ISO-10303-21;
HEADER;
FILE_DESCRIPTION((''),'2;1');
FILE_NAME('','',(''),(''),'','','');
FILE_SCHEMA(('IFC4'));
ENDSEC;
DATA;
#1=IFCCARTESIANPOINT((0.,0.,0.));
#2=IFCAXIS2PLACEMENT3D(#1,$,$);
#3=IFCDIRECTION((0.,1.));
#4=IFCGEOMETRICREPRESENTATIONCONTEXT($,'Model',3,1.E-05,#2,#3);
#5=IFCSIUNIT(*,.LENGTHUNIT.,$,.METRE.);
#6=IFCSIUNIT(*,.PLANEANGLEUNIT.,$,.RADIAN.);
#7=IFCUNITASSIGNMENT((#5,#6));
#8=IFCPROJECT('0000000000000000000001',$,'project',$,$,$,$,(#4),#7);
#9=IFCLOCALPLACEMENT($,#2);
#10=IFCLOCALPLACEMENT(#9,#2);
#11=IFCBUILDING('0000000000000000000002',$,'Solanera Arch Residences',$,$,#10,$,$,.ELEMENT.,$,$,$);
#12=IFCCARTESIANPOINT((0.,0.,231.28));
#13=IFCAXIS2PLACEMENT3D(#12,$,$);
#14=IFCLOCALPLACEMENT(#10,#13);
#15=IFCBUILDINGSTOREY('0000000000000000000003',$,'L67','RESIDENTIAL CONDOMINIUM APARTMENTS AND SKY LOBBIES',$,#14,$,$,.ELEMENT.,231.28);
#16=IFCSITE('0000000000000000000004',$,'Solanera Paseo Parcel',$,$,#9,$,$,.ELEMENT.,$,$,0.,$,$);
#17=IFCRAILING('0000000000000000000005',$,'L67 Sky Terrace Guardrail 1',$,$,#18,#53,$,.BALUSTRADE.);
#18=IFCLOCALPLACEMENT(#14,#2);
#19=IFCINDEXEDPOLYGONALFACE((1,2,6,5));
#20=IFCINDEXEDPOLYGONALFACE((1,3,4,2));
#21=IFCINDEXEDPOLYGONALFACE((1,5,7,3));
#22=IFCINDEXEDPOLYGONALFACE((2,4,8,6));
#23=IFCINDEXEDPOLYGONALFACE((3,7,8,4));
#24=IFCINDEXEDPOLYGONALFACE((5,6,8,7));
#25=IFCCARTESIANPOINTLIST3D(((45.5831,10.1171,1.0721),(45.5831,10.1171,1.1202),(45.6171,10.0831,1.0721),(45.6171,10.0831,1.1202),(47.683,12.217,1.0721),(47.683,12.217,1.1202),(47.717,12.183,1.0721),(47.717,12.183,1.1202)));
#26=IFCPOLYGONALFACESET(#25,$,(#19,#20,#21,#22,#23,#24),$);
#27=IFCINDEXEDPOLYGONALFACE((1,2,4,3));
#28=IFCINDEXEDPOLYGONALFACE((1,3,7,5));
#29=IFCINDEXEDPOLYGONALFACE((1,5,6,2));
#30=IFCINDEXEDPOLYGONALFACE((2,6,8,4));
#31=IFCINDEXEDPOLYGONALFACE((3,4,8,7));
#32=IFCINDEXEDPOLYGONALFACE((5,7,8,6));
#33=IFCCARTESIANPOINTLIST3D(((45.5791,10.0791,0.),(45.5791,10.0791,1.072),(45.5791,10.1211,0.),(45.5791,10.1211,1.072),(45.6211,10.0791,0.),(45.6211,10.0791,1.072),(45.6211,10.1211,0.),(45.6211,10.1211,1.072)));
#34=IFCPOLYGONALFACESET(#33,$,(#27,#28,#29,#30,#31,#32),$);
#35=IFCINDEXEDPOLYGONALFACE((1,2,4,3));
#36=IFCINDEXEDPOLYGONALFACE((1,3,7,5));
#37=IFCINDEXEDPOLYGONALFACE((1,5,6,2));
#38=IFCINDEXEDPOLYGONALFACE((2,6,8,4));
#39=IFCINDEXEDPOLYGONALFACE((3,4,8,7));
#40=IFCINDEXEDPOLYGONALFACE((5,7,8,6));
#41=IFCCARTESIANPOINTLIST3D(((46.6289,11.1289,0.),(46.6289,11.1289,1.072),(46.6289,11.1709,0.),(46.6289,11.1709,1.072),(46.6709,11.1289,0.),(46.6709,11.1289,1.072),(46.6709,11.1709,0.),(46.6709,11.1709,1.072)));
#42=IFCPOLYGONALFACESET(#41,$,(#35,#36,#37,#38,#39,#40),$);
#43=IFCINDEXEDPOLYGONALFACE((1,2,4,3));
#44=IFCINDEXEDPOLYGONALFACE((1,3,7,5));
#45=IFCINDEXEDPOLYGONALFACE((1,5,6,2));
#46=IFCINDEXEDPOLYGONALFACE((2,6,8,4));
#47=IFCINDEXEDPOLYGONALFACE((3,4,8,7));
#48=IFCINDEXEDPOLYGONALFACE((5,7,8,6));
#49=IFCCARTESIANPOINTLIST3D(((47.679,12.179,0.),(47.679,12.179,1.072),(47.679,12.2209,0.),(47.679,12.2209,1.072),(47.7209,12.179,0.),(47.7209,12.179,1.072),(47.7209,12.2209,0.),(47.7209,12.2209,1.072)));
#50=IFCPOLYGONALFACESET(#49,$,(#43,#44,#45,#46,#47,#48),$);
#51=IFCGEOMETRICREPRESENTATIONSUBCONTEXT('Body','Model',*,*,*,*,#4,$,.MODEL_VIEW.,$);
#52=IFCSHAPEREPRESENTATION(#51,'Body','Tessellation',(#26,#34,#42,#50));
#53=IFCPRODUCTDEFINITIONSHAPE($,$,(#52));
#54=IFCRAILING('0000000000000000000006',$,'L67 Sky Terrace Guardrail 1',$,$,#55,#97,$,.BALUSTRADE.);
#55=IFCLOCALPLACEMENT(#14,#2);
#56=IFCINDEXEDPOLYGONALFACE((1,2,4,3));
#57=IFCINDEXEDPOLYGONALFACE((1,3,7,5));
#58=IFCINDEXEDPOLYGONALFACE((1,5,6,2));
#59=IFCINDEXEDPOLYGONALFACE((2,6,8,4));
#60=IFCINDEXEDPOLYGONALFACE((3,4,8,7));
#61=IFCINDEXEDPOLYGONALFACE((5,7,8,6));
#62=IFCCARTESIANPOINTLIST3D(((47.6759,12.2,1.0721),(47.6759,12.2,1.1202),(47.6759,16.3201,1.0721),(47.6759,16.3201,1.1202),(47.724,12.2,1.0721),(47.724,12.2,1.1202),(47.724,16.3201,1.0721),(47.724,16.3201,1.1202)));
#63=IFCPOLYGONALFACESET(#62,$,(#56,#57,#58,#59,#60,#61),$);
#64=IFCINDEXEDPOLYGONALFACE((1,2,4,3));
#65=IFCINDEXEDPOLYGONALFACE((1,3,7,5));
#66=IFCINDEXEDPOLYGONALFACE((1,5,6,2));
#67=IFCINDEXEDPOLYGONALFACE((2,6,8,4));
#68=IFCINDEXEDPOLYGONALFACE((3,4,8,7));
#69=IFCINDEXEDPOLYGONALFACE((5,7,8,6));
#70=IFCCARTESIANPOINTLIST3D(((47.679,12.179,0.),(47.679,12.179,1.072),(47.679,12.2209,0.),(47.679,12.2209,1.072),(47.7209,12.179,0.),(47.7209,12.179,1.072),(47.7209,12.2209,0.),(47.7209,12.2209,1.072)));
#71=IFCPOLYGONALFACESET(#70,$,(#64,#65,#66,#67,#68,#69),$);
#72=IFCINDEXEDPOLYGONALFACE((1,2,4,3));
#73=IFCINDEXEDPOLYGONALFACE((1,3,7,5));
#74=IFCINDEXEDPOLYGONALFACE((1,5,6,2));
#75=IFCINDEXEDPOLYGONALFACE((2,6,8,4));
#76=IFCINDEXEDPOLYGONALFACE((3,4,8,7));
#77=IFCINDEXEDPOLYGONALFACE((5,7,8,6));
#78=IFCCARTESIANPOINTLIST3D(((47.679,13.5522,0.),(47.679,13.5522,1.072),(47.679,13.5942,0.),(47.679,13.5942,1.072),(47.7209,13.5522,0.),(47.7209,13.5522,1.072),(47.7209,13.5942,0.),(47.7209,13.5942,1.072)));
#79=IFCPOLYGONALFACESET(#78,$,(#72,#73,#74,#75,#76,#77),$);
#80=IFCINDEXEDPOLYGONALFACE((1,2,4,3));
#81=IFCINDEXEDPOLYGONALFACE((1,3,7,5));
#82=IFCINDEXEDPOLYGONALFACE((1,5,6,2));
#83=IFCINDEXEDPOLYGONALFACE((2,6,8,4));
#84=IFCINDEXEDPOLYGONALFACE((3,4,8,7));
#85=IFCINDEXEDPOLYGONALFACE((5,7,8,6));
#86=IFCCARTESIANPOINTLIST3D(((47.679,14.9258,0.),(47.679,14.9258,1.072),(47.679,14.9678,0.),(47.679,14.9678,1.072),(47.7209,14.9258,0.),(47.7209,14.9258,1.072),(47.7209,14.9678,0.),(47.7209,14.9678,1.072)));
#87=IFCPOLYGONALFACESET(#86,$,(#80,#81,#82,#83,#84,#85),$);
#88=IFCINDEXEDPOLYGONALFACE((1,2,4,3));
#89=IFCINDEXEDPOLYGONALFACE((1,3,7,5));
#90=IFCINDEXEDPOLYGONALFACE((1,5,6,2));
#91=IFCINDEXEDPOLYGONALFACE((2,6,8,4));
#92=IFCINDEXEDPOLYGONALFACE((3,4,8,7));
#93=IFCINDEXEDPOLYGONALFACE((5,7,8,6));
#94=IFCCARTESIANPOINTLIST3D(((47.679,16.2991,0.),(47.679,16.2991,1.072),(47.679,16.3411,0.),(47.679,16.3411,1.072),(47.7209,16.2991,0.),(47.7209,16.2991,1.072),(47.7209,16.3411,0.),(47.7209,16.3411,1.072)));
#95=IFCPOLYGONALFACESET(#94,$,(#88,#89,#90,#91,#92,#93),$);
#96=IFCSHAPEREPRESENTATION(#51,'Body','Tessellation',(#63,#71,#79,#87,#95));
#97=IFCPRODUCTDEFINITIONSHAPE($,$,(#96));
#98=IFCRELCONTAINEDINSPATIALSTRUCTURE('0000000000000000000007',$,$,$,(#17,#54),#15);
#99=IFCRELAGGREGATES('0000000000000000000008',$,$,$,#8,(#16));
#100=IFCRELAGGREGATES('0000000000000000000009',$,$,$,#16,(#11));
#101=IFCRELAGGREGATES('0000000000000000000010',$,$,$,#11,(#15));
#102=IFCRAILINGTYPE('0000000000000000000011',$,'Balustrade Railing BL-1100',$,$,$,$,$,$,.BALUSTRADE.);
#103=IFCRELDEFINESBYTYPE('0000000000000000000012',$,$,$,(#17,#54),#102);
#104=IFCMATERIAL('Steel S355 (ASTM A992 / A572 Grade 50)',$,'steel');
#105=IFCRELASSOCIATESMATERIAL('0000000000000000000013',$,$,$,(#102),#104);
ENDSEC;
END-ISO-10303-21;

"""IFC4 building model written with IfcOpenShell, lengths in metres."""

from ifc_helpers import new_model, si_unit, direction, frame, origin, origin_2d, place, context, subcontext, project, spatial, rectangle, extrude, material, type_object, element, save


model = new_model("IFC4")

# Units and contexts
model_context = context("Model", 3, precision=1e-05, world=origin(), true_north=direction((0.0, 1.0)))
body_context = subcontext(model_context, "Body", "Model", "MODEL_VIEW")
ifc_project = project(units=[si_unit("LENGTHUNIT", "METRE"), si_unit("PLANEANGLEUNIT", "RADIAN")], contexts=[model_context])

# Site, building, storey
site_placement = place(None, origin())
site = spatial("IfcSite", under=ifc_project, at=site_placement, Name="Solanera Paseo Parcel", CompositionType="ELEMENT", RefElevation=0.0)
building_placement = place(site_placement, origin())
building = spatial("IfcBuilding", under=site, at=building_placement, Name="Solanera Arch Residences", CompositionType="ELEMENT")
storey_placement = place(building_placement, frame((0.0, 0.0, 231.28)))
storey = spatial("IfcBuildingStorey", under=building, at=storey_placement, Name="L67", Description="RESIDENTIAL CONDOMINIUM APARTMENTS AND SKY LOBBIES", CompositionType="ELEMENT", Elevation=231.28)

# Railings
ifc_material_1 = material(Name="Steel S355 (ASTM A992 / A572 Grade 50)", Category="steel")
railing_type = type_object("IfcRailingType", Name="Balustrade Railing BL-1100", PredefinedType="BALUSTRADE", material=ifc_material_1)
railing_1_placement = place(storey_placement, frame((45.6001, 10.1001, 0.0)))
element("IfcRailing", 1, at=railing_1_placement, inside=storey, type_object=railing_type, Name="L67 Sky Terrace Guardrail 1", PredefinedType="BALUSTRADE", context=body_context, shape_type="SweptSolid", body=[
    extrude(rectangle(XDim=0.0481, YDim=0.0481, at=origin_2d()), frame((0.0, 0.0, 1.0962), z_axis=(0.707107, 0.707107, 0.0), x_axis=(-0.707107, 0.707107, 0.0)), (0.0, 0.0, 1.0), 2.9697),
    extrude(rectangle(XDim=0.042, YDim=0.042, at=origin_2d()), origin(), (0.0, 0.0, 1.0), 1.072),
    extrude(rectangle(XDim=0.042, YDim=0.042, at=origin_2d()), frame((1.0498, 1.0498, 0.0)), (0.0, 0.0, 1.0), 1.072),
    extrude(rectangle(XDim=0.042, YDim=0.042, at=origin_2d()), frame((2.0999, 2.0999, 0.0)), (0.0, 0.0, 1.0), 1.072),
])
railing_2_placement = place(storey_placement, frame((47.7, 12.2, 0.0)))
element("IfcRailing", 2, at=railing_2_placement, inside=storey, type_object=railing_type, Name="L67 Sky Terrace Guardrail 1", PredefinedType="BALUSTRADE", context=body_context, shape_type="SweptSolid", body=[
    extrude(rectangle(XDim=0.0481, YDim=0.0481, at=origin_2d()), frame((0.0, 0.0, 1.0962), z_axis=(0.0, 1.0, 0.0), x_axis=(-1.0, 0.0, 0.0)), (0.0, 0.0, 1.0), 4.1201),
    extrude(rectangle(XDim=0.042, YDim=0.042, at=origin_2d()), origin(), (0.0, 0.0, 1.0), 1.072),
    extrude(rectangle(XDim=0.042, YDim=0.042, at=origin_2d()), frame((0.0, 1.3733, 0.0)), (0.0, 0.0, 1.0), 1.072),
    extrude(rectangle(XDim=0.042, YDim=0.042, at=origin_2d()), frame((0.0, 2.7468, 0.0)), (0.0, 0.0, 1.0), 1.072),
    extrude(rectangle(XDim=0.042, YDim=0.042, at=origin_2d()), frame((0.0, 4.1201, 0.0)), (0.0, 0.0, 1.0), 1.072),
])

save(model, "model.ifc")
